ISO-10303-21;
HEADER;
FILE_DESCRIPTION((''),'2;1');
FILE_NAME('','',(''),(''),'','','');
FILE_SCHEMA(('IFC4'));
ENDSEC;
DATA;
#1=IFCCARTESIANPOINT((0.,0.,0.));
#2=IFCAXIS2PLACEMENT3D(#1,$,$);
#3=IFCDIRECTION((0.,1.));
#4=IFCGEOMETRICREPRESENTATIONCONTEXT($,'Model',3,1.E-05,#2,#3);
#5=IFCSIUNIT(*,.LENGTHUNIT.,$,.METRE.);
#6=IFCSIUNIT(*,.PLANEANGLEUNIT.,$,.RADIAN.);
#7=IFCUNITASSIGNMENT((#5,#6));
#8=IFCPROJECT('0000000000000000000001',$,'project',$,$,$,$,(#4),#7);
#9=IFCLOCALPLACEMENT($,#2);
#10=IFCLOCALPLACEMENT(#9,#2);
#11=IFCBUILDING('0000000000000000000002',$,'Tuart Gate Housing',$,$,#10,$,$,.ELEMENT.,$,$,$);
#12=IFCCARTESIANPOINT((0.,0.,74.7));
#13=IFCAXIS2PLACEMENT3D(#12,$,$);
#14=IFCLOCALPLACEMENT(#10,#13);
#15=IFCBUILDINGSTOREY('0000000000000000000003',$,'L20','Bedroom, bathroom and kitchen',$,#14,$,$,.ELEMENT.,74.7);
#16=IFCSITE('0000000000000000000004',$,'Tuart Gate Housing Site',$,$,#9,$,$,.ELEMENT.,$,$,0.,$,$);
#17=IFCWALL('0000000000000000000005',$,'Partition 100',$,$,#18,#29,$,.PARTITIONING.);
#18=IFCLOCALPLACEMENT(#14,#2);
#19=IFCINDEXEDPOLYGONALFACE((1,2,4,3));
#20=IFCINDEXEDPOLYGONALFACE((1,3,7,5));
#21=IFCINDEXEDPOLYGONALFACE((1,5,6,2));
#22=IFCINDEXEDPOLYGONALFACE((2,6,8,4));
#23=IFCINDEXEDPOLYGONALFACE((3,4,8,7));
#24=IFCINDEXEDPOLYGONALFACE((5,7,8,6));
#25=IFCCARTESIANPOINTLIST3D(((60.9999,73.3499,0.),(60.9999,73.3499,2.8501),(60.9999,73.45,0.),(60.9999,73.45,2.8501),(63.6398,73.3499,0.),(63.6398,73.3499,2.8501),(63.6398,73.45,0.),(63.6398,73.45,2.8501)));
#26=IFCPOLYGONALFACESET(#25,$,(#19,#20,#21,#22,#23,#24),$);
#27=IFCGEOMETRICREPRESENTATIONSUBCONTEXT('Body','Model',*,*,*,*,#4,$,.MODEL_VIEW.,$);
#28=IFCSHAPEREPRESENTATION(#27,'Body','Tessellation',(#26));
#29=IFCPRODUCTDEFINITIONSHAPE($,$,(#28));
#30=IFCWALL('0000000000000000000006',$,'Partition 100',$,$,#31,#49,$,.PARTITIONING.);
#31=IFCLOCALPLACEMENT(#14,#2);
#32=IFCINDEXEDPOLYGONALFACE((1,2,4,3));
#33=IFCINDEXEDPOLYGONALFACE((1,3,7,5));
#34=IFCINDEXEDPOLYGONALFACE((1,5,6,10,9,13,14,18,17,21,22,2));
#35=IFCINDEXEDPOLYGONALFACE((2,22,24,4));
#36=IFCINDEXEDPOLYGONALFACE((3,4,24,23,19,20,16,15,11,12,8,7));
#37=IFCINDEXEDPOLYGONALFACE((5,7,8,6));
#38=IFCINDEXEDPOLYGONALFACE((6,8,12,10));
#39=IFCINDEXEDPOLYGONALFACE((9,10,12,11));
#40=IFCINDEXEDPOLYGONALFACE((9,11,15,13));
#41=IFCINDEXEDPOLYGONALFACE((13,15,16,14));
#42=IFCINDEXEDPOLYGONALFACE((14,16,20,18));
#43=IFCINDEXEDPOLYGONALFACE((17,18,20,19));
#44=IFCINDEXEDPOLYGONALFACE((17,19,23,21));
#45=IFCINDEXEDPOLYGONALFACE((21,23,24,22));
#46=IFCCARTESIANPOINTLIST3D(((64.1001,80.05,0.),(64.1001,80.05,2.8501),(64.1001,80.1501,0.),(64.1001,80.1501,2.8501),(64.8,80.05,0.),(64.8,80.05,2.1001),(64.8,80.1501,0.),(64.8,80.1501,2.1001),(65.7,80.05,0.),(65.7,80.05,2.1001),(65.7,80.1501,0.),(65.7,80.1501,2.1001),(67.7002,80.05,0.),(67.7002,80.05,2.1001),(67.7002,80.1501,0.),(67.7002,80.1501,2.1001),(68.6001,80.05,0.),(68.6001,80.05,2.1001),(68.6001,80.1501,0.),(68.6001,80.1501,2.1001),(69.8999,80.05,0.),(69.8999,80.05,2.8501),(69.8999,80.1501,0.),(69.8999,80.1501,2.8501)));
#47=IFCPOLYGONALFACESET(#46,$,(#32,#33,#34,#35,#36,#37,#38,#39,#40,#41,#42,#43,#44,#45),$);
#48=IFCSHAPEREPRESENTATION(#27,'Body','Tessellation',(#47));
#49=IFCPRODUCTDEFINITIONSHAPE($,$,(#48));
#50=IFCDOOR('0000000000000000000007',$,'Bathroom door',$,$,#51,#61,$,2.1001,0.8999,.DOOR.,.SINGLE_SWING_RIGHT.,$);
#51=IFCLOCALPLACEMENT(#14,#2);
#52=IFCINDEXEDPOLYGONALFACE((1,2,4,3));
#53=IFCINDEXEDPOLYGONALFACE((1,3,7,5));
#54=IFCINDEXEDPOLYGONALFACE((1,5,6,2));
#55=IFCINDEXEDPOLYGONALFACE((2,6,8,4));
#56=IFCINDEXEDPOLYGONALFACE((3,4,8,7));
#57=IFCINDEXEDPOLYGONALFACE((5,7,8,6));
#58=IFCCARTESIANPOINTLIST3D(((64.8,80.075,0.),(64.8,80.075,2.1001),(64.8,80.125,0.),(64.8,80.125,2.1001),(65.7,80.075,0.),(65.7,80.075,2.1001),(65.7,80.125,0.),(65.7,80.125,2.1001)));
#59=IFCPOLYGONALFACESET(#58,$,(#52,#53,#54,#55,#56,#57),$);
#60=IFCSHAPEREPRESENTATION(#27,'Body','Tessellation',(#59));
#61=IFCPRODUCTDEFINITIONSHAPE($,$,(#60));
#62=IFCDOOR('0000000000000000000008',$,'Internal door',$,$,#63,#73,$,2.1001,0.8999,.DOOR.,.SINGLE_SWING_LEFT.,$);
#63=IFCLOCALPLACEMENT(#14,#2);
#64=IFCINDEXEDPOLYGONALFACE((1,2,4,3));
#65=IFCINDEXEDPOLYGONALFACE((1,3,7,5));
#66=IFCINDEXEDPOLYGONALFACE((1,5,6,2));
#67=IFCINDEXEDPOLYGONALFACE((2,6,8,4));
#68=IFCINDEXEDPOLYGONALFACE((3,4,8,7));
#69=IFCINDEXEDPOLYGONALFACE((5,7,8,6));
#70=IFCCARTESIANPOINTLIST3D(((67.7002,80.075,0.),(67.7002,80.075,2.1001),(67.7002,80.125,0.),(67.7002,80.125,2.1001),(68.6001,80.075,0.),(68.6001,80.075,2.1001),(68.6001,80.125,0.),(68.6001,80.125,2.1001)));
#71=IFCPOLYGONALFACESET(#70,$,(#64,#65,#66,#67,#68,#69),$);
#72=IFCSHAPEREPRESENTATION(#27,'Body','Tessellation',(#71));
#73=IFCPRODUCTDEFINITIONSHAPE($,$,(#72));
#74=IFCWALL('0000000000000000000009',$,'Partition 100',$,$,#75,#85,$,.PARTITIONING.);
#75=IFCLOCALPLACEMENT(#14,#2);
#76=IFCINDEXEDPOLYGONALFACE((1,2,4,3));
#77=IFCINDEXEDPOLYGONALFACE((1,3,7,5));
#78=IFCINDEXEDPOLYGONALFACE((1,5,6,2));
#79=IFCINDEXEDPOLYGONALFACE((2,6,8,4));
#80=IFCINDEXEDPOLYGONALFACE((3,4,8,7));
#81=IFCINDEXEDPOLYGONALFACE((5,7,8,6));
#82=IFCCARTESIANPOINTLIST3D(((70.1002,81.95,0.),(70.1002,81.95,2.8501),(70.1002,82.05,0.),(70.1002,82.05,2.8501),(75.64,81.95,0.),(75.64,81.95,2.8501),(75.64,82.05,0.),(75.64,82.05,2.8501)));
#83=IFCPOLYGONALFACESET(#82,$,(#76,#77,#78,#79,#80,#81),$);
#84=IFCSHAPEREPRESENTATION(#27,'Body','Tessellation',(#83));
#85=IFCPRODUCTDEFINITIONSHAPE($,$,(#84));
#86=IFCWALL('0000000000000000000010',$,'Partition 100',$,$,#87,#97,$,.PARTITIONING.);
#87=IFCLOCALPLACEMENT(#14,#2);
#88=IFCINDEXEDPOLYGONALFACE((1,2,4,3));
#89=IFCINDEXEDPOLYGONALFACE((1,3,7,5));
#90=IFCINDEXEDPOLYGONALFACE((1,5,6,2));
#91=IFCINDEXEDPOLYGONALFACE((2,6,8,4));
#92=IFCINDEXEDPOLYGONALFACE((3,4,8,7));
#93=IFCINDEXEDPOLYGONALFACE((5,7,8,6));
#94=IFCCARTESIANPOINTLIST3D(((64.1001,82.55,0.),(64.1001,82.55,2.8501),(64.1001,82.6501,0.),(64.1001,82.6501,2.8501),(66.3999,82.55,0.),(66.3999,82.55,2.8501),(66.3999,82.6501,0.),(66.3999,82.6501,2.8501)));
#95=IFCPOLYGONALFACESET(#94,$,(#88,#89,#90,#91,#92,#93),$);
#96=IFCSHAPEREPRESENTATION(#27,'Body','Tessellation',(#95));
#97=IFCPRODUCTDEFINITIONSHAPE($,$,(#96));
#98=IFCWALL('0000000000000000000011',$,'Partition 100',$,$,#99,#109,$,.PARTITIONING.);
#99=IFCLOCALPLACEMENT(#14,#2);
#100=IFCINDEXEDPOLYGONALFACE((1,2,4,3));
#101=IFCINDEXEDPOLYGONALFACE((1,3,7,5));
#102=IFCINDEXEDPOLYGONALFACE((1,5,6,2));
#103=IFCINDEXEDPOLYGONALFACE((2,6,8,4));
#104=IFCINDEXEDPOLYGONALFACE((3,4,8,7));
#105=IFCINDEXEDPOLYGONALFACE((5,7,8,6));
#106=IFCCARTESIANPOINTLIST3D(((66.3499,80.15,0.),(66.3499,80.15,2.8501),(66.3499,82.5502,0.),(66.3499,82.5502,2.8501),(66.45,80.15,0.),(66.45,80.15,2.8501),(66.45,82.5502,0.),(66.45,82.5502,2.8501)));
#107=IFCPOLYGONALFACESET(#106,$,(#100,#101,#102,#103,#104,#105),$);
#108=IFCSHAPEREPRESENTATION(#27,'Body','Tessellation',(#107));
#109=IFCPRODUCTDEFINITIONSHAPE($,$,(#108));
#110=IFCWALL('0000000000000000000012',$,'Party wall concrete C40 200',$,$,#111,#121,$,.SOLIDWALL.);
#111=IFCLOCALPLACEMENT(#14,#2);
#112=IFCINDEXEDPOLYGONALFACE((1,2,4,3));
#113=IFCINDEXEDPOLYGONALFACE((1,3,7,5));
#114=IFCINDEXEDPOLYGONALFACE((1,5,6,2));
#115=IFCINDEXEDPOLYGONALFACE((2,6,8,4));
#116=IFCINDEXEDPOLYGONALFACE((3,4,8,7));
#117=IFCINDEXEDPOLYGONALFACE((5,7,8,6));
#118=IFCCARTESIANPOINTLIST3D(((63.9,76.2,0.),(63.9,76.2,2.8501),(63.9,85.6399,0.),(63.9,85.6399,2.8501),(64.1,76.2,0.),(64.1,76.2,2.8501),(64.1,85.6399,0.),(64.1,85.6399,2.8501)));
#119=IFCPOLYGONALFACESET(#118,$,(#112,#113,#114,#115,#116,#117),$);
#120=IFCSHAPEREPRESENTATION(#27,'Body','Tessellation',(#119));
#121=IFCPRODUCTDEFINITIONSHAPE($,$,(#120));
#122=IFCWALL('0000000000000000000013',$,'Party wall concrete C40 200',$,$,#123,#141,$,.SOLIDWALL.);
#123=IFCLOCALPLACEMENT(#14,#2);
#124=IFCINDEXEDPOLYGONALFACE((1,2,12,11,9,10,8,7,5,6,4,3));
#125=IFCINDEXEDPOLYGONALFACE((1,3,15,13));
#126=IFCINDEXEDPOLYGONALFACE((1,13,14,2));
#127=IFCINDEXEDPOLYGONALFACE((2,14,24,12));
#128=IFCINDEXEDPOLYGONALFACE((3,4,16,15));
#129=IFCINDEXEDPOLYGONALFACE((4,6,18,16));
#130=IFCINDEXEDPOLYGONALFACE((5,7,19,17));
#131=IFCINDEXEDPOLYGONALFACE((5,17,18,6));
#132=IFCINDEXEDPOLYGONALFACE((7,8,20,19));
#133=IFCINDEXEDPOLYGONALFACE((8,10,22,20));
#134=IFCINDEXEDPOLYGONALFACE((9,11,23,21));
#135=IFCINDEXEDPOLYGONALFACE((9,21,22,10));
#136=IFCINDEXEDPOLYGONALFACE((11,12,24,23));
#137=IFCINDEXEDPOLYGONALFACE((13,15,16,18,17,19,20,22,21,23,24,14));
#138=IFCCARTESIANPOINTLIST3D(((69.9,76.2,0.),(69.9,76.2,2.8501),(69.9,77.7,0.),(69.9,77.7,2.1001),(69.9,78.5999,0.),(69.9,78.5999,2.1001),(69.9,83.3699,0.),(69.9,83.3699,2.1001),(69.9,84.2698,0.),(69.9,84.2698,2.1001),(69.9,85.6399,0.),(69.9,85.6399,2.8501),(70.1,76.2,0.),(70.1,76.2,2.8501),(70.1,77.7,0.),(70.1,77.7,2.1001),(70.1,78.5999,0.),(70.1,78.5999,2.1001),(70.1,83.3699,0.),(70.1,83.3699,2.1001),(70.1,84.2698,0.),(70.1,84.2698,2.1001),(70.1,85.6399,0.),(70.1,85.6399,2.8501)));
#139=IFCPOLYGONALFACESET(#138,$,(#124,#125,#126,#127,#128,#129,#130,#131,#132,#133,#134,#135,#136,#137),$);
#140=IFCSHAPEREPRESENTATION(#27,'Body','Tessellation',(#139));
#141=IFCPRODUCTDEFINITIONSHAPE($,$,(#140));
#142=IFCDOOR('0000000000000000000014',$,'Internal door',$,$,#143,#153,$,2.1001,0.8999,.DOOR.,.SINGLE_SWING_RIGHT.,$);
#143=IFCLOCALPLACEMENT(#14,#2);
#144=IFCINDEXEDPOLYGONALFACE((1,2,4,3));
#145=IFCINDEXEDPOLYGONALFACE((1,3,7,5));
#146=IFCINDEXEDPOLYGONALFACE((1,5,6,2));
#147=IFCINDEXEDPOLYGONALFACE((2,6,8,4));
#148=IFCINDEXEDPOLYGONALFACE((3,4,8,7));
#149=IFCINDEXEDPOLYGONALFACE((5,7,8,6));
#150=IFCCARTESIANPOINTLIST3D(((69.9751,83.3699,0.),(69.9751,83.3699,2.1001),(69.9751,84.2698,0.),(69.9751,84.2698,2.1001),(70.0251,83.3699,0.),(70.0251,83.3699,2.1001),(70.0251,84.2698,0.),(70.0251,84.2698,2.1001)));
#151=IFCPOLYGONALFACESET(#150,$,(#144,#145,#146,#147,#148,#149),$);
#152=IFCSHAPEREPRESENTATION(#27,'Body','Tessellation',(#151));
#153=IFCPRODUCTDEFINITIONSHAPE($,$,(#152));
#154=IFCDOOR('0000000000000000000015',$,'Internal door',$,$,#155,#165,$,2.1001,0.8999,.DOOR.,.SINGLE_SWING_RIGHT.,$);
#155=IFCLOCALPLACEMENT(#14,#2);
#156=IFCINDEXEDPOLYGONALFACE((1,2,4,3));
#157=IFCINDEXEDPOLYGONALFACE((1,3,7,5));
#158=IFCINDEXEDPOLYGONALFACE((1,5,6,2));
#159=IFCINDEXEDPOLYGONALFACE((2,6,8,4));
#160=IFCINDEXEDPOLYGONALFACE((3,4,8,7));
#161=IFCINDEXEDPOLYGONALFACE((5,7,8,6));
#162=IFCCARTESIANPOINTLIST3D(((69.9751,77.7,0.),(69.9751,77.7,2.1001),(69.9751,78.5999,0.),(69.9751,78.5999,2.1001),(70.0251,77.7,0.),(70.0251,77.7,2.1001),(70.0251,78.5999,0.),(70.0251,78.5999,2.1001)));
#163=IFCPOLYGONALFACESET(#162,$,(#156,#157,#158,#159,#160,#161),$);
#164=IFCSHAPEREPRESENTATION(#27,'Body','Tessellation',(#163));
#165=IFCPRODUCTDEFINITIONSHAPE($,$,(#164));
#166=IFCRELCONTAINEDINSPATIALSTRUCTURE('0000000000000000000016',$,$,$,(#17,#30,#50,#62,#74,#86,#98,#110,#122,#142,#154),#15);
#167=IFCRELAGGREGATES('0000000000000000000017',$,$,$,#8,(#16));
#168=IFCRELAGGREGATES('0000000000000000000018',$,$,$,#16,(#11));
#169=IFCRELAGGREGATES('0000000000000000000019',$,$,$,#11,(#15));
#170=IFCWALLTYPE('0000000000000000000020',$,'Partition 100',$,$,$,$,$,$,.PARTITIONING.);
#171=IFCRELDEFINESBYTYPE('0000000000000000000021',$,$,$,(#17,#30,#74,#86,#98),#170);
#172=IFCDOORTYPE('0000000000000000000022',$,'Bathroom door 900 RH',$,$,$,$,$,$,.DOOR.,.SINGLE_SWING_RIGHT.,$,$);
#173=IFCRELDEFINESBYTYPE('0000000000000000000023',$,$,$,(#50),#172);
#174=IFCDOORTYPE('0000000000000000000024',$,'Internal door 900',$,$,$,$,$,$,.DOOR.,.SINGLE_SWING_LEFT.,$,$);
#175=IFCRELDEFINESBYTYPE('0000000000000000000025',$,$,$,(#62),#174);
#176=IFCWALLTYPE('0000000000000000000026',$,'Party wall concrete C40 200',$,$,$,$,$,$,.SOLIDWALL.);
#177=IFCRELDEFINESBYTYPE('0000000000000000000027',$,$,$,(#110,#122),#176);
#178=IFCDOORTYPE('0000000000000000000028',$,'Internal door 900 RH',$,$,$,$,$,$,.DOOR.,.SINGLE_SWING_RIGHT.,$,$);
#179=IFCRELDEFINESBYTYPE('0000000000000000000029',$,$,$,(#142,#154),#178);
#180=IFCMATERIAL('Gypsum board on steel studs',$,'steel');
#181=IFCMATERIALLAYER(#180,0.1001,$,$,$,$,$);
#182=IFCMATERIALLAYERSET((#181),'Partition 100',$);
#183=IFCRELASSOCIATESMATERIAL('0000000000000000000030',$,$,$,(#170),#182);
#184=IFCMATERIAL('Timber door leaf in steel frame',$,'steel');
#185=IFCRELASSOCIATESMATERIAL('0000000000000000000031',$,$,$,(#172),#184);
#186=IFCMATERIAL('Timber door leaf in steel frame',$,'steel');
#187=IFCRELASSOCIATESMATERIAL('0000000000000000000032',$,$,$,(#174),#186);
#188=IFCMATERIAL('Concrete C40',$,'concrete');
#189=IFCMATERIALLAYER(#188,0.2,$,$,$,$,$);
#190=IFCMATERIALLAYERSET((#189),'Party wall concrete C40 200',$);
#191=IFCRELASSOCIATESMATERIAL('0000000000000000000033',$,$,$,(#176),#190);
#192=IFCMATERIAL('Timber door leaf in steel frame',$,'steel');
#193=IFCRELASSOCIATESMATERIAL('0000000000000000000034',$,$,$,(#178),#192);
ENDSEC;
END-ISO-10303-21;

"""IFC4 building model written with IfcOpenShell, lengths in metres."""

from ifc_helpers import new_model, si_unit, direction, frame, frame_2d, origin, place, context, subcontext, project, spatial, rectangle, extrude, material, layer, layer_set, type_object, element, fill, save


model = new_model("IFC4")

# Units and contexts
model_context = context("Model", 3, precision=1e-05, world=origin(), true_north=direction((0.0, 1.0)))
body_context = subcontext(model_context, "Body", "Model", "MODEL_VIEW")
ifc_project = project(units=[si_unit("LENGTHUNIT", "METRE"), si_unit("PLANEANGLEUNIT", "RADIAN")], contexts=[model_context])

# Site, building, storey
site_placement = place(None, origin())
site = spatial("IfcSite", under=ifc_project, at=site_placement, Name="Tuart Gate Housing Site", CompositionType="ELEMENT", RefElevation=0.0)
building_placement = place(site_placement, origin())
building = spatial("IfcBuilding", under=site, at=building_placement, Name="Tuart Gate Housing", CompositionType="ELEMENT")
storey_placement = place(building_placement, frame((0.0, 0.0, 74.7)))
storey = spatial("IfcBuildingStorey", under=building, at=storey_placement, Name="L20", Description="Bedroom, bathroom and kitchen", CompositionType="ELEMENT", Elevation=74.7)

# Wall
ifc_material_1 = material(Name="Gypsum board on steel studs", Category="steel")
ifc_layer_1 = layer(ifc_material_1, 0.1001)
ifc_layer_set_1 = layer_set([ifc_layer_1], Name="Partition 100")
wall_type_1 = type_object("IfcWallType", Name="Partition 100", PredefinedType="PARTITIONING", material=ifc_layer_set_1)
wall_1_placement = place(storey_placement, frame((61.0, 73.3999, 0.0), z_axis=(0.0, 0.0, 1.0), x_axis=(1.0, 0.0, 0.0)))
element("IfcWall", 1, at=wall_1_placement, inside=storey, type_object=wall_type_1, Name="Partition 100", PredefinedType="PARTITIONING", context=body_context, shape_type="SweptSolid", body=[
    extrude(rectangle(XDim=2.6399, YDim=0.1001, at=frame_2d((1.3198, 0.0))), origin(), (0.0, 0.0, 1.0), 2.8501),
])

# Wall, openings, doors
wall_2_placement = place(storey_placement, frame((64.1001, 80.1001, 0.0), z_axis=(0.0, 0.0, 1.0), x_axis=(1.0, 0.0, 0.0)))
wall_2 = element("IfcWall", 2, at=wall_2_placement, inside=storey, type_object=wall_type_1, Name="Partition 100", PredefinedType="PARTITIONING", context=body_context, shape_type="SweptSolid", body=[
    extrude(rectangle(XDim=5.7998, YDim=0.1001, at=frame_2d((2.8999, 0.0))), origin(), (0.0, 0.0, 1.0), 2.8501),
])
opening_1_placement = place(wall_2_placement, frame((3.6001, 0.0, 0.0)))
opening_1 = element("IfcOpeningElement", 3, at=opening_1_placement, cuts=wall_2, PredefinedType="OPENING", context=body_context, shape_type="SweptSolid", body=[
    extrude(rectangle(XDim=0.8999, YDim=2.1001, at=frame_2d((0.45, 1.05))), frame((0.0, 0.0601, 0.0), z_axis=(0.0, -1.0, 0.0), x_axis=(1.0, 0.0, 0.0)), (0.0, 0.0, 1.0), 0.1201),
])
opening_2_placement = place(wall_2_placement, frame((0.7, 0.0, 0.0)))
opening_2 = element("IfcOpeningElement", 4, at=opening_2_placement, cuts=wall_2, PredefinedType="OPENING", context=body_context, shape_type="SweptSolid", body=[
    extrude(rectangle(XDim=0.8999, YDim=2.1001, at=frame_2d((0.45, 1.05))), frame((0.0, 0.0601, 0.0), z_axis=(0.0, -1.0, 0.0), x_axis=(1.0, 0.0, 0.0)), (0.0, 0.0, 1.0), 0.1201),
])
ifc_material_2 = material(Name="Timber door leaf in steel frame", Category="steel")
door_type_1 = type_object("IfcDoorType", Name="Bathroom door 900 RH", OperationType="SINGLE_SWING_RIGHT", PredefinedType="DOOR", material=ifc_material_2)
door_1_placement = place(opening_2_placement, origin())
door_1 = element("IfcDoor", 5, at=door_1_placement, inside=storey, type_object=door_type_1, Name="Bathroom door", OperationType="SINGLE_SWING_RIGHT", OverallHeight=2.1001, OverallWidth=0.8999, PredefinedType="DOOR", context=body_context, shape_type="SweptSolid", body=[
    extrude(rectangle(XDim=0.8999, YDim=2.1001, at=frame_2d((0.45, 1.05))), frame((0.0, 0.0249, 0.0), z_axis=(0.0, -1.0, 0.0), x_axis=(1.0, 0.0, 0.0)), (0.0, 0.0, 1.0), 0.05),
])
fill(opening_2, door_1)
ifc_material_3 = material(Name="Timber door leaf in steel frame", Category="steel")
door_type_2 = type_object("IfcDoorType", Name="Internal door 900", OperationType="SINGLE_SWING_LEFT", PredefinedType="DOOR", material=ifc_material_3)
door_2_placement = place(opening_1_placement, frame((0.8999, 0.0, 0.0), z_axis=(0.0, 0.0, 1.0), x_axis=(-1.0, 0.0, 0.0)))
door_2 = element("IfcDoor", 6, at=door_2_placement, inside=storey, type_object=door_type_2, Name="Internal door", OperationType="SINGLE_SWING_LEFT", OverallHeight=2.1001, OverallWidth=0.8999, PredefinedType="DOOR", context=body_context, shape_type="SweptSolid", body=[
    extrude(rectangle(XDim=0.8999, YDim=2.1001, at=frame_2d((0.45, 1.05))), frame((0.0, 0.0251, 0.0), z_axis=(0.0, -1.0, 0.0), x_axis=(1.0, 0.0, 0.0)), (0.0, 0.0, 1.0), 0.05),
])
fill(opening_1, door_2)

# Walls
wall_3_placement = place(storey_placement, frame((70.1001, 82.0, 0.0), z_axis=(0.0, 0.0, 1.0), x_axis=(1.0, 0.0, 0.0)))
element("IfcWall", 7, at=wall_3_placement, inside=storey, type_object=wall_type_1, Name="Partition 100", PredefinedType="PARTITIONING", context=body_context, shape_type="SweptSolid", body=[
    extrude(rectangle(XDim=5.5398, YDim=0.1001, at=frame_2d((2.77, 0.0))), origin(), (0.0, 0.0, 1.0), 2.8501),
])
wall_4_placement = place(storey_placement, frame((64.1001, 82.6001, 0.0), z_axis=(0.0, 0.0, 1.0), x_axis=(1.0, 0.0, 0.0)))
element("IfcWall", 8, at=wall_4_placement, inside=storey, type_object=wall_type_1, Name="Partition 100", PredefinedType="PARTITIONING", context=body_context, shape_type="SweptSolid", body=[
    extrude(rectangle(XDim=2.2998, YDim=0.1001, at=frame_2d((1.1499, 0.0))), origin(), (0.0, 0.0, 1.0), 2.8501),
])
wall_5_placement = place(storey_placement, frame((66.3999, 80.1499, 0.0), z_axis=(0.0, 0.0, 1.0), x_axis=(0.0, 1.0, 0.0)))
element("IfcWall", 9, at=wall_5_placement, inside=storey, type_object=wall_type_1, Name="Partition 100", PredefinedType="PARTITIONING", context=body_context, shape_type="SweptSolid", body=[
    extrude(rectangle(XDim=2.4001, YDim=0.1001, at=frame_2d((1.2002, 0.0))), origin(), (0.0, 0.0, 1.0), 2.8501),
])
ifc_material_4 = material(Name="Concrete C40", Category="concrete")
ifc_layer_2 = layer(ifc_material_4, 0.2)
ifc_layer_set_2 = layer_set([ifc_layer_2], Name="Party wall concrete C40 200")
wall_type_2 = type_object("IfcWallType", Name="Party wall concrete C40 200", PredefinedType="SOLIDWALL", material=ifc_layer_set_2)
wall_6_placement = place(storey_placement, frame((64.0, 76.2, 0.0), z_axis=(0.0, 0.0, 1.0), x_axis=(0.0, 1.0, 0.0)))
element("IfcWall", 10, at=wall_6_placement, inside=storey, type_object=wall_type_2, Name="Party wall concrete C40 200", PredefinedType="SOLIDWALL", context=body_context, shape_type="SweptSolid", body=[
    extrude(rectangle(XDim=9.4399, YDim=0.2, at=frame_2d((4.72, 0.0))), origin(), (0.0, 0.0, 1.0), 2.8501),
])

# Wall, openings, doors
wall_7_placement = place(storey_placement, frame((70.0, 76.2, 0.0), z_axis=(0.0, 0.0, 1.0), x_axis=(0.0, 1.0, 0.0)))
wall_7 = element("IfcWall", 11, at=wall_7_placement, inside=storey, type_object=wall_type_2, Name="Party wall concrete C40 200", PredefinedType="SOLIDWALL", context=body_context, shape_type="SweptSolid", body=[
    extrude(rectangle(XDim=9.4399, YDim=0.2, at=frame_2d((4.72, 0.0))), origin(), (0.0, 0.0, 1.0), 2.8501),
])
opening_3_placement = place(wall_7_placement, frame((7.1699, 0.0, 0.0)))
opening_3 = element("IfcOpeningElement", 12, at=opening_3_placement, cuts=wall_7, PredefinedType="OPENING", context=body_context, shape_type="SweptSolid", body=[
    extrude(rectangle(XDim=0.8999, YDim=2.1001, at=frame_2d((0.45, 1.05))), frame((0.0, 0.1099, 0.0), z_axis=(0.0, -1.0, 0.0), x_axis=(1.0, 0.0, 0.0)), (0.0, 0.0, 1.0), 0.22),
])
opening_4_placement = place(wall_7_placement, frame((1.5, 0.0, 0.0)))
opening_4 = element("IfcOpeningElement", 13, at=opening_4_placement, cuts=wall_7, PredefinedType="OPENING", context=body_context, shape_type="SweptSolid", body=[
    extrude(rectangle(XDim=0.8999, YDim=2.1001, at=frame_2d((0.45, 1.05))), frame((0.0, 0.1099, 0.0), z_axis=(0.0, -1.0, 0.0), x_axis=(1.0, 0.0, 0.0)), (0.0, 0.0, 1.0), 0.22),
])
ifc_material_5 = material(Name="Timber door leaf in steel frame", Category="steel")
door_type_3 = type_object("IfcDoorType", Name="Internal door 900 RH", OperationType="SINGLE_SWING_RIGHT", PredefinedType="DOOR", material=ifc_material_5)
door_3_placement = place(opening_3_placement, frame((0.8999, 0.0, 0.0), z_axis=(0.0, 0.0, 1.0), x_axis=(-1.0, 0.0, 0.0)))
door_3 = element("IfcDoor", 14, at=door_3_placement, inside=storey, type_object=door_type_3, Name="Internal door", OperationType="SINGLE_SWING_RIGHT", OverallHeight=2.1001, OverallWidth=0.8999, PredefinedType="DOOR", context=body_context, shape_type="SweptSolid", body=[
    extrude(rectangle(XDim=0.8999, YDim=2.1001, at=frame_2d((0.45, 1.05))), frame((0.0, 0.0251, 0.0), z_axis=(0.0, -1.0, 0.0), x_axis=(1.0, 0.0, 0.0)), (0.0, 0.0, 1.0), 0.05),
])
fill(opening_3, door_3)
door_4_placement = place(opening_4_placement, frame((0.8999, 0.0, 0.0), z_axis=(0.0, 0.0, 1.0), x_axis=(-1.0, 0.0, 0.0)))
door_4 = element("IfcDoor", 15, at=door_4_placement, inside=storey, type_object=door_type_3, Name="Internal door", OperationType="SINGLE_SWING_RIGHT", OverallHeight=2.1001, OverallWidth=0.8999, PredefinedType="DOOR", context=body_context, shape_type="SweptSolid", body=[
    extrude(rectangle(XDim=0.8999, YDim=2.1001, at=frame_2d((0.45, 1.05))), frame((0.0, 0.0251, 0.0), z_axis=(0.0, -1.0, 0.0), x_axis=(1.0, 0.0, 0.0)), (0.0, 0.0, 1.0), 0.05),
])
fill(opening_4, door_4)

save(model, "model.ifc")
